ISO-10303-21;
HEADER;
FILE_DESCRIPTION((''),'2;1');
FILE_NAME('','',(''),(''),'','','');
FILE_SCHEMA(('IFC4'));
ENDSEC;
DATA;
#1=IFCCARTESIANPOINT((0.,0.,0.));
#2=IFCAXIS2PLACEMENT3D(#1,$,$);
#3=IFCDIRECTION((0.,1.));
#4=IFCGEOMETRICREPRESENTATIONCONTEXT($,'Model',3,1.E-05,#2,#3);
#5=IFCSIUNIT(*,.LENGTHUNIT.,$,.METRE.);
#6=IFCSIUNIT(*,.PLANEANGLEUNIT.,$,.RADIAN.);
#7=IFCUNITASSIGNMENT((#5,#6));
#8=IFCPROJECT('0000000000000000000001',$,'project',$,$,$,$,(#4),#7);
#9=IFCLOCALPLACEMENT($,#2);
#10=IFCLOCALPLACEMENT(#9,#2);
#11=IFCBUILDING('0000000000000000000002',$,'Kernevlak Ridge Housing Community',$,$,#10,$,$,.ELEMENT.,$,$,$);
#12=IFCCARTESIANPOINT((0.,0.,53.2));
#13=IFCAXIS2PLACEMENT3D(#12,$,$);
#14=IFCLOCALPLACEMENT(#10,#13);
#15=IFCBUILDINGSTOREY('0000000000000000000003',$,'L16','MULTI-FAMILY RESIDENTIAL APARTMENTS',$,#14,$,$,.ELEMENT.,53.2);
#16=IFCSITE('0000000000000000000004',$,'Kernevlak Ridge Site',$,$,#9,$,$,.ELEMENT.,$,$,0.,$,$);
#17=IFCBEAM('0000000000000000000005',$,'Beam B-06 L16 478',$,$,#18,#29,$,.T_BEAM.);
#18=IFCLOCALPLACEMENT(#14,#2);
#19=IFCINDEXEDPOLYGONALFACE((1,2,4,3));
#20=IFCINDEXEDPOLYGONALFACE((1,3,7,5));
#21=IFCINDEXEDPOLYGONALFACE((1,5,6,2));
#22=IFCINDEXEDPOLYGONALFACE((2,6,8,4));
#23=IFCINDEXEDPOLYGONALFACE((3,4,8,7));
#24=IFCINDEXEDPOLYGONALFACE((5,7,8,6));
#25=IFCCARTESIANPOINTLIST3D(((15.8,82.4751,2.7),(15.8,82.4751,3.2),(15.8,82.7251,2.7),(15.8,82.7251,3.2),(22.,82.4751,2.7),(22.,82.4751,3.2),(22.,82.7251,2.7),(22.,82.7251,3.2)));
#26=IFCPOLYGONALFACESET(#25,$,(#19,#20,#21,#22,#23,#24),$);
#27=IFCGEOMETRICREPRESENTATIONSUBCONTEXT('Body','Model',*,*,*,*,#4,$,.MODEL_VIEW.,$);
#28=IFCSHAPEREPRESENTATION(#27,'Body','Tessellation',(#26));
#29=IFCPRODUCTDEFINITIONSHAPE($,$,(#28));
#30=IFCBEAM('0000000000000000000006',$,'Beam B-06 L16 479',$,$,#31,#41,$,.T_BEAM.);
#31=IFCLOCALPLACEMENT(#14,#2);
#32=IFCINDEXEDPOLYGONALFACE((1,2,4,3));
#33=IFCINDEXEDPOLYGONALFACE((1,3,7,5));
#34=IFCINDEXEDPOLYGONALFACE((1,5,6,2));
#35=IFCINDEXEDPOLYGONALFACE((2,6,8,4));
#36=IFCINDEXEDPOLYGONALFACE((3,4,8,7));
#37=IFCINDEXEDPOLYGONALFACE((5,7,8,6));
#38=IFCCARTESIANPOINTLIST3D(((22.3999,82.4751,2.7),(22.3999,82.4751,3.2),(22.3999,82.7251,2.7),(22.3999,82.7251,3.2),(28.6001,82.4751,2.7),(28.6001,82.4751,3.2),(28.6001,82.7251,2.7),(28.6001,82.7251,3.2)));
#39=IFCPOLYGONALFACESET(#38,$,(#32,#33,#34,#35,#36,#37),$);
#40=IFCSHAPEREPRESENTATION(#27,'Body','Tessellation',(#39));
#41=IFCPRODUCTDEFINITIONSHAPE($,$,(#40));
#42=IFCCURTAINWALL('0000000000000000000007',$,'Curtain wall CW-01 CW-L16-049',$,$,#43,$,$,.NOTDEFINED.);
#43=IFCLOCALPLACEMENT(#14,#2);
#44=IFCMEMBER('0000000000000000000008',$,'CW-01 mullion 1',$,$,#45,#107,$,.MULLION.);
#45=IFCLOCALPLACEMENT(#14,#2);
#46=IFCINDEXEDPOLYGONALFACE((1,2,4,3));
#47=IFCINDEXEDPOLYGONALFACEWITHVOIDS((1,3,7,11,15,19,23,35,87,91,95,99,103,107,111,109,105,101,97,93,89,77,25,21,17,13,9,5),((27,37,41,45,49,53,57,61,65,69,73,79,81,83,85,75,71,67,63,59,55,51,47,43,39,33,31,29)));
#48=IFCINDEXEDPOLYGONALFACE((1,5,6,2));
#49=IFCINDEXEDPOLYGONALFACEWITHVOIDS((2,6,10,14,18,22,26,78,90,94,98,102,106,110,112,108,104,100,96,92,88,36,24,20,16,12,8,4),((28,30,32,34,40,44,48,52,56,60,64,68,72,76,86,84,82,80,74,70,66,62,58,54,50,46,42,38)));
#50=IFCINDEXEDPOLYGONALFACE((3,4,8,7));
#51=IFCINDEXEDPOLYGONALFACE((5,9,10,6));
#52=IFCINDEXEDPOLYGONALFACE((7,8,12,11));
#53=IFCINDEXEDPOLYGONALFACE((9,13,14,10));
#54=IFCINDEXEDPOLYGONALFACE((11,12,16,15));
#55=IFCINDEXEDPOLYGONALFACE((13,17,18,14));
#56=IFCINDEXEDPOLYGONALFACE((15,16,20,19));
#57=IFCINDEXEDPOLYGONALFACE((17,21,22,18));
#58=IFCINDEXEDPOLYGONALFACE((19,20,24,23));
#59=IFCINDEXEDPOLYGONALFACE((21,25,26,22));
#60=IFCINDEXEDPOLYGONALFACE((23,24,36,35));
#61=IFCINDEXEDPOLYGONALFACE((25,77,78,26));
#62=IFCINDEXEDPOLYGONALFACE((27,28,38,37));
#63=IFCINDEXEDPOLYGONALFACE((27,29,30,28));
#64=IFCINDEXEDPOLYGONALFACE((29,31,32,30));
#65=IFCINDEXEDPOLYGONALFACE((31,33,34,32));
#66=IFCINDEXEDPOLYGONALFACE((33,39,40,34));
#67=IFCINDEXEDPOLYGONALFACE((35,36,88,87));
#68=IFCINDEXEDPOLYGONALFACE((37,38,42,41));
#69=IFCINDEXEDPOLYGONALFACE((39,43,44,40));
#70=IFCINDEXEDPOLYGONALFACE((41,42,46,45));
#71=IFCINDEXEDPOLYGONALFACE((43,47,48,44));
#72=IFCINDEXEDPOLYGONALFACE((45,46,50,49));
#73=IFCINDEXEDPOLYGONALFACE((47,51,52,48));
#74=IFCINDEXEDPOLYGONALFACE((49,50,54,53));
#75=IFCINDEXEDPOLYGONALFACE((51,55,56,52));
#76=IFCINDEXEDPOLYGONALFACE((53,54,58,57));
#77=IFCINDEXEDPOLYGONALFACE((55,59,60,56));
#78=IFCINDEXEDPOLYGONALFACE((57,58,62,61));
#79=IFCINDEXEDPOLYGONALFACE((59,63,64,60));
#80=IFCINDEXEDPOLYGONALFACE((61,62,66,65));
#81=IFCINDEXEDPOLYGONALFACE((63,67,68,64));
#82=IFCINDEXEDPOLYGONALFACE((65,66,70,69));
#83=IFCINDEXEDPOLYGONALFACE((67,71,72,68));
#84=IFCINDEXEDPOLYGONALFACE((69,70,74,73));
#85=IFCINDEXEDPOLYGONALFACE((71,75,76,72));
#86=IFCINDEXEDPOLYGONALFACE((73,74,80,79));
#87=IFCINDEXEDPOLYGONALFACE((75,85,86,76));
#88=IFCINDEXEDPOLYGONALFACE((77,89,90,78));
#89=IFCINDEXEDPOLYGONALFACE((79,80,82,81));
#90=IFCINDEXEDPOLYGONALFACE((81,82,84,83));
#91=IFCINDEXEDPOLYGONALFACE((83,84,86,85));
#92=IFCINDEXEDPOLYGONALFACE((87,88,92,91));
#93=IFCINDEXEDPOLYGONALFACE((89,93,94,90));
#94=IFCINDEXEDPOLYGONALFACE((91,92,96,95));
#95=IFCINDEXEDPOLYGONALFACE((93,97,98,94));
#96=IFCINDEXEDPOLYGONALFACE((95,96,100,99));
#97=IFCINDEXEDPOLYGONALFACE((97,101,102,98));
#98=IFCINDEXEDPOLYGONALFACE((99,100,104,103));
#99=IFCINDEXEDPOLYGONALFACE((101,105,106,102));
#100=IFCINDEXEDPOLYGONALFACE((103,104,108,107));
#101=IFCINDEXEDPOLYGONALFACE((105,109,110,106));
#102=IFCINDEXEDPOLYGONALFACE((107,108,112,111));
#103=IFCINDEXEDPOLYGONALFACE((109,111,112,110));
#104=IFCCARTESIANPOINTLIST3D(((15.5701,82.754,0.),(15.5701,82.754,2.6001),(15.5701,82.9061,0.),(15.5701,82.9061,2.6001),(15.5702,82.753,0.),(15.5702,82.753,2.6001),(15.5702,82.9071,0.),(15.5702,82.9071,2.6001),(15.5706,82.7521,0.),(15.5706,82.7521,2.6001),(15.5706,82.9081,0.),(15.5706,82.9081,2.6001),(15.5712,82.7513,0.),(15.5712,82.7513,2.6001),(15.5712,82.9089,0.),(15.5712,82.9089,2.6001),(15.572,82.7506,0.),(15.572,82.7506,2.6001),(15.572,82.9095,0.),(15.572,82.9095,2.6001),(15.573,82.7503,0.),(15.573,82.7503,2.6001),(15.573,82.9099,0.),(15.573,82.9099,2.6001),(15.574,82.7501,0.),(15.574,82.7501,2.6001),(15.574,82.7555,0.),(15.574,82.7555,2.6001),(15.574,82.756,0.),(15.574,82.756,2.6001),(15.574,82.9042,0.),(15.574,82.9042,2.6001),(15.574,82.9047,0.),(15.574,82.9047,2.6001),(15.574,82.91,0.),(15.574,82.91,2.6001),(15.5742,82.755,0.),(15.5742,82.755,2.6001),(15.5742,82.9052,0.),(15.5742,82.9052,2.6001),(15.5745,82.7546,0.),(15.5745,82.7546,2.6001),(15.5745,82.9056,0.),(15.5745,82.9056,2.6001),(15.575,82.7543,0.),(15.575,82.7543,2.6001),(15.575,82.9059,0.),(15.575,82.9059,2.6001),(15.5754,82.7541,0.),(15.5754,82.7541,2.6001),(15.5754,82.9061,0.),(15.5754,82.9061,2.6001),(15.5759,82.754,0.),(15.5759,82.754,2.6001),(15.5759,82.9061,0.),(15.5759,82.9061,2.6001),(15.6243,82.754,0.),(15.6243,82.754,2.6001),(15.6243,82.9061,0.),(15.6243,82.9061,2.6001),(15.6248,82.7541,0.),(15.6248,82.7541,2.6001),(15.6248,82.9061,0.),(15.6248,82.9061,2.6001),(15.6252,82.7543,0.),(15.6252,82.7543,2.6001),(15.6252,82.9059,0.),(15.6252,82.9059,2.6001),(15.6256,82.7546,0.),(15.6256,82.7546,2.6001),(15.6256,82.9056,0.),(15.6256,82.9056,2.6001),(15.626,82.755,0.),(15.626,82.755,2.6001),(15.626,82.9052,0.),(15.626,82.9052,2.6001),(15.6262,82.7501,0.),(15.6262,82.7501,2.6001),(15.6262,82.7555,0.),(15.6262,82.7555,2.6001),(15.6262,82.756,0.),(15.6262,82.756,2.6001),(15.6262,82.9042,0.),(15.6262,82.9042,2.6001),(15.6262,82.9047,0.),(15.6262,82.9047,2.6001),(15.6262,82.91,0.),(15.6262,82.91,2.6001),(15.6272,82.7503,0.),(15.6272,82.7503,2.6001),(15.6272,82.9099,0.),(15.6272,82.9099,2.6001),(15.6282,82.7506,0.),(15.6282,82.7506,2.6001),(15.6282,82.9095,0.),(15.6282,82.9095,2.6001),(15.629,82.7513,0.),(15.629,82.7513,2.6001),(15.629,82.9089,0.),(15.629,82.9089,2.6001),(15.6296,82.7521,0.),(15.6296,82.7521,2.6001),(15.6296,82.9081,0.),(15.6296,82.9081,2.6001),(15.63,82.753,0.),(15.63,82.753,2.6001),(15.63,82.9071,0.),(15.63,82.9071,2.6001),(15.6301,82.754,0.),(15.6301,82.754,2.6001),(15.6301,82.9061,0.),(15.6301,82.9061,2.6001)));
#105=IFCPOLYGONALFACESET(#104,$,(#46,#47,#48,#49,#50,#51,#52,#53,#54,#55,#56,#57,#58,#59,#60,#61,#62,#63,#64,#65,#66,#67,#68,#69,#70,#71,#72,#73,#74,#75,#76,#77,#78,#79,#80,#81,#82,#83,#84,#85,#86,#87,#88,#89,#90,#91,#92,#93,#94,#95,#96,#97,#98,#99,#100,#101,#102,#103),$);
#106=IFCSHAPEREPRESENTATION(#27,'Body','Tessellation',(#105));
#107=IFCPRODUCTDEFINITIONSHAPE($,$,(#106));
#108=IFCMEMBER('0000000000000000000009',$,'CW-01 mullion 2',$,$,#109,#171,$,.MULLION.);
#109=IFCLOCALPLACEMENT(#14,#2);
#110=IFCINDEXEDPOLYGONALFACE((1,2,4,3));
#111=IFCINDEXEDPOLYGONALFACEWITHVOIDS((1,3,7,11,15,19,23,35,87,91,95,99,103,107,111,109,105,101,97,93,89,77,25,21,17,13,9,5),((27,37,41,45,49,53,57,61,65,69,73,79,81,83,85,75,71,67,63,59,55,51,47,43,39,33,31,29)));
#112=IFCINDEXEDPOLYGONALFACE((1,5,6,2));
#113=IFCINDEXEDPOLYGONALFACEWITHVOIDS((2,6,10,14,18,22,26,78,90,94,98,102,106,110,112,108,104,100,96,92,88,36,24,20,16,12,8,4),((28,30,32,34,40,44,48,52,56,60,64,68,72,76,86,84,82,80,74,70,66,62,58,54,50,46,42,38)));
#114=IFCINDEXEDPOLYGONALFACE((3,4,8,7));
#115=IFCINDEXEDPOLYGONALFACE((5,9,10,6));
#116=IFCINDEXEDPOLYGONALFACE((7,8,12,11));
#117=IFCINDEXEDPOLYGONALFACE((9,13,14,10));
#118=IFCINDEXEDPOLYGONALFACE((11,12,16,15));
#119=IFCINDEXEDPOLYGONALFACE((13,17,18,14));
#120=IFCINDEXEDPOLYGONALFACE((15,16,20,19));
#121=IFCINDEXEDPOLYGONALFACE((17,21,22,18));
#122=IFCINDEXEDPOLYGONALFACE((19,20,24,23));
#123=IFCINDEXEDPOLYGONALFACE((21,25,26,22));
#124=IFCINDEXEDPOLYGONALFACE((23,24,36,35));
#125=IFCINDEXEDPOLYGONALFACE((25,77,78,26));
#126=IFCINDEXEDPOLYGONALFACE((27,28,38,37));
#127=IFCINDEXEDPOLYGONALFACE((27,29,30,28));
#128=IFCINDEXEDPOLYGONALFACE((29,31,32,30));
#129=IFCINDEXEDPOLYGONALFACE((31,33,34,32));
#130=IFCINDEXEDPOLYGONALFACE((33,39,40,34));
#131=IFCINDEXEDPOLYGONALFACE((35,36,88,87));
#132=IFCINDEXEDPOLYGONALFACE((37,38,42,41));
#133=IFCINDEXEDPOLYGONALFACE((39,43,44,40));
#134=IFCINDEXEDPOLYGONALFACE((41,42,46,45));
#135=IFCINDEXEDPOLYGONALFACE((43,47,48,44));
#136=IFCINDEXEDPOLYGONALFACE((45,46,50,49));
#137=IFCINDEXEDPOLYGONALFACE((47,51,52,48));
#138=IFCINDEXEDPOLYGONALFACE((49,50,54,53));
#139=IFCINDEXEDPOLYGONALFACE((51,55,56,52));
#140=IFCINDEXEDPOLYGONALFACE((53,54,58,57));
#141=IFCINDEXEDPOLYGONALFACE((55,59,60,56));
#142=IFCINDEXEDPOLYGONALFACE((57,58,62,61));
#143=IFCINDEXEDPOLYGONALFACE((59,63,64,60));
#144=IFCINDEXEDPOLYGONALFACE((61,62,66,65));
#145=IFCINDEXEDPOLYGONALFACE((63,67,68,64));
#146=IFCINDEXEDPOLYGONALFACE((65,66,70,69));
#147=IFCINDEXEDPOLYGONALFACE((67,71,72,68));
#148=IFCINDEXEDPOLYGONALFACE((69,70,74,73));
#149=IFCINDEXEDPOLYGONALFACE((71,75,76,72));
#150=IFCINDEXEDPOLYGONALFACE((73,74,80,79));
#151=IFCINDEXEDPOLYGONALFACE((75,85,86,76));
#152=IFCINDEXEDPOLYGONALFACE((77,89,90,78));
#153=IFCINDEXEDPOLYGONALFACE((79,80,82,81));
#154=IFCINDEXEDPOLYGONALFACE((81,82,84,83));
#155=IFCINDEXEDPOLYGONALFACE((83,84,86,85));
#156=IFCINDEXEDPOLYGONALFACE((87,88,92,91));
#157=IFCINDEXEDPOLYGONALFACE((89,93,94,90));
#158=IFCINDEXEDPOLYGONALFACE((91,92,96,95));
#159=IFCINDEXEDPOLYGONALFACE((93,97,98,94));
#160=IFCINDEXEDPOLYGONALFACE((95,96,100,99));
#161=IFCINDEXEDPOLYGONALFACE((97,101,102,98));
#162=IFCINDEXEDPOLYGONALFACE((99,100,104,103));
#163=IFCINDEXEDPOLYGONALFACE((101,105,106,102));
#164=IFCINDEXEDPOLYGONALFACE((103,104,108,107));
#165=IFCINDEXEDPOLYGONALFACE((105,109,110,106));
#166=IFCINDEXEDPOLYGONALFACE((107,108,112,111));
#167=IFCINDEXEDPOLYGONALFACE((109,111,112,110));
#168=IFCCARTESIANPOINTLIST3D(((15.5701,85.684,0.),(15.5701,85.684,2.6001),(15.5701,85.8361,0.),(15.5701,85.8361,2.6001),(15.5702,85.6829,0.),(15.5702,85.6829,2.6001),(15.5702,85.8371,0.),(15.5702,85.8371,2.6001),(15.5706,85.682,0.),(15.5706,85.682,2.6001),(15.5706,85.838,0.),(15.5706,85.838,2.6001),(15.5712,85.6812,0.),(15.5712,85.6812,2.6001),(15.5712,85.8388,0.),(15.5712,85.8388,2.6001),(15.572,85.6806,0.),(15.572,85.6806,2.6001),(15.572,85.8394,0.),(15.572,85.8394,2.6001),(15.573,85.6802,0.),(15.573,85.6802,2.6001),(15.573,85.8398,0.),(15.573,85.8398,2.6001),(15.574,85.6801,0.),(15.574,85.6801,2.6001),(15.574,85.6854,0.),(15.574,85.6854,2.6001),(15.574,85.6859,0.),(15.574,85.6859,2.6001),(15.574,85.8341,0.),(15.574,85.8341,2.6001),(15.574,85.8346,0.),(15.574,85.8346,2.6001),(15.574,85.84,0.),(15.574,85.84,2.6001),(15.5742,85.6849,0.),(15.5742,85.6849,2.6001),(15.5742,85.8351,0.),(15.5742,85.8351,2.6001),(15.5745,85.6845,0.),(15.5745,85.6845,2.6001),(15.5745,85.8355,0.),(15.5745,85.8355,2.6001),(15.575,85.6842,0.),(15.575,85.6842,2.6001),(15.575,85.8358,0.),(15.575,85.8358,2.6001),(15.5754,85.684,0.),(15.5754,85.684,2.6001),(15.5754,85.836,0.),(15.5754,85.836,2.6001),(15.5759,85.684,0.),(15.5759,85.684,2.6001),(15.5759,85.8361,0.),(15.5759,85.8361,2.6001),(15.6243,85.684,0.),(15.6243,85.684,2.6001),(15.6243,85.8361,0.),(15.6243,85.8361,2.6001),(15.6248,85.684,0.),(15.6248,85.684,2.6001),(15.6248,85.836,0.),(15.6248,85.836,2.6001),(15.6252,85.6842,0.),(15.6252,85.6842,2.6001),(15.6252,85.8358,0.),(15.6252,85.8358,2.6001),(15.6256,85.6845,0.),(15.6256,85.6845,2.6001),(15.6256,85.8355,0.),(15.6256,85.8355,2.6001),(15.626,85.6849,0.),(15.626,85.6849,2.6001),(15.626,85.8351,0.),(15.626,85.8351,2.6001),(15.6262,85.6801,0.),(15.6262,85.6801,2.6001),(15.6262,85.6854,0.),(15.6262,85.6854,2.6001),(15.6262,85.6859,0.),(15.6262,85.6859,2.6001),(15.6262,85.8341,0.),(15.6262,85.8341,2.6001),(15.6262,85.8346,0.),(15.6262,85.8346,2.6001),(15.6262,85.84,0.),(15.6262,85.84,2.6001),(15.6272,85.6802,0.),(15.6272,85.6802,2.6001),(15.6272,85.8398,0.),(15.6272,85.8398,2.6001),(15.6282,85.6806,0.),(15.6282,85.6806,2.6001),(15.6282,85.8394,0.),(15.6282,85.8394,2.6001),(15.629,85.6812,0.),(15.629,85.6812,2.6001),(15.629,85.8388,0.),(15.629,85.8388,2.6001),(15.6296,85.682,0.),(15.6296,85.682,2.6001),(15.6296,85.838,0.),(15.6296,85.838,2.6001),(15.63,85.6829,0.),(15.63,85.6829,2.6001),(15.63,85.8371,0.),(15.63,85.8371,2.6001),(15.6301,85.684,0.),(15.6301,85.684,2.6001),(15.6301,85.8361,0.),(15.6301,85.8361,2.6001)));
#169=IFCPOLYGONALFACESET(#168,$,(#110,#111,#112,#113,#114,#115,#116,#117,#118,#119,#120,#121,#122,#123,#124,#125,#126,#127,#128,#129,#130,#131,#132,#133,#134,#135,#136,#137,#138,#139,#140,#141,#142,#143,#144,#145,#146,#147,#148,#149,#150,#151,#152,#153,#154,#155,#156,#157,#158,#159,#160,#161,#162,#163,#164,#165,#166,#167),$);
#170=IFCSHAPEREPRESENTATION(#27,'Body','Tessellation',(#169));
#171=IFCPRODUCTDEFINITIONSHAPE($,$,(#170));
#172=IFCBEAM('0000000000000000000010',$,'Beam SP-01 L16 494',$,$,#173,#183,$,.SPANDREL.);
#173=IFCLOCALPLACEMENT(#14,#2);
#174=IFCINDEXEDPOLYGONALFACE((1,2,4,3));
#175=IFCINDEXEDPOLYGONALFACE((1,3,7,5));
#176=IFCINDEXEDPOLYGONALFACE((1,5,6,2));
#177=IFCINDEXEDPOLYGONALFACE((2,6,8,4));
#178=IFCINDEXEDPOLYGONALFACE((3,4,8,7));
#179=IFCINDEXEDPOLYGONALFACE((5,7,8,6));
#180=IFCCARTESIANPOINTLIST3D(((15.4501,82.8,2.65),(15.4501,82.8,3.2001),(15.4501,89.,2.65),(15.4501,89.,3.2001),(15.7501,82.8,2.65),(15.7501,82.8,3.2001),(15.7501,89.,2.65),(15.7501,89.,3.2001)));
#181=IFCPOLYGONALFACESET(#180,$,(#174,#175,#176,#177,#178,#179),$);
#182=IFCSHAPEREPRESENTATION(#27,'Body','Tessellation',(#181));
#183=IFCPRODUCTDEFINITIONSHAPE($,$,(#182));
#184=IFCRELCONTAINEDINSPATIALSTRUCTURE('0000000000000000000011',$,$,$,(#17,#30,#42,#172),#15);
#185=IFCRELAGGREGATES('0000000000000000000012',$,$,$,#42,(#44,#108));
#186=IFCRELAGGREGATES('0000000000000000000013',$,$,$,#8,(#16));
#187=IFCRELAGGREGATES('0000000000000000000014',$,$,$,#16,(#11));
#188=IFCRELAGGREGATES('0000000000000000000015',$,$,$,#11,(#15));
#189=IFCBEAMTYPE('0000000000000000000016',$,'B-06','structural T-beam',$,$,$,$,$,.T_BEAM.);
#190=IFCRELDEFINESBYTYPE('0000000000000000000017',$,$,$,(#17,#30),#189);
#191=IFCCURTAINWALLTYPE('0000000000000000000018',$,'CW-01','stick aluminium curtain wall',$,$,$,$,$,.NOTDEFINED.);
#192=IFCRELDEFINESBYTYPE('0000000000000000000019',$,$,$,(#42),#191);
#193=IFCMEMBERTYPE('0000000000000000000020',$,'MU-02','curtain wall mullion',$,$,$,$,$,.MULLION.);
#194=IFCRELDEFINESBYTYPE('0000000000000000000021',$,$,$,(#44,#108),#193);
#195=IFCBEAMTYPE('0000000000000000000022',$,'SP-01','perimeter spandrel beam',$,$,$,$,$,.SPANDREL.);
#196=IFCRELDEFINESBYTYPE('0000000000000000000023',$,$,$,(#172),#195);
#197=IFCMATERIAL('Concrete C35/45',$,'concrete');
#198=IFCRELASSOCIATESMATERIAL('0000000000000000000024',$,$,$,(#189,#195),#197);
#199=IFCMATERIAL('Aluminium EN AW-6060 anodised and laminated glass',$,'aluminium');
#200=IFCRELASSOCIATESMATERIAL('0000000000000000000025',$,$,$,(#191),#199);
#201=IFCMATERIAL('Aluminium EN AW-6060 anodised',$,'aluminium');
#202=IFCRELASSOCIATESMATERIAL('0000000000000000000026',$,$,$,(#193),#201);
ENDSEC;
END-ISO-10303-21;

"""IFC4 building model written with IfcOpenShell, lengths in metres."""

from ifc_helpers import new_model, si_unit, direction, frame, origin, origin_2d, place, context, subcontext, project, spatial, rectangle, hollow_rectangle, extrude, material, material_profile, profile_set, type_object, element, aggregate, save


model = new_model("IFC4")

# Units and contexts
model_context = context("Model", 3, precision=1e-05, world=origin(), true_north=direction((0.0, 1.0)))
body_context = subcontext(model_context, "Body", "Model", "MODEL_VIEW")
ifc_project = project(units=[si_unit("LENGTHUNIT", "METRE"), si_unit("PLANEANGLEUNIT", "RADIAN")], contexts=[model_context])

# Site, building, storey
site_placement = place(None, origin())
site = spatial("IfcSite", under=ifc_project, at=site_placement, Name="Kernevlak Ridge Site", CompositionType="ELEMENT", RefElevation=0.0)
building_placement = place(site_placement, origin())
building = spatial("IfcBuilding", under=site, at=building_placement, Name="Kernevlak Ridge Housing Community", CompositionType="ELEMENT")
storey_placement = place(building_placement, frame((0.0, 0.0, 53.2)))
storey = spatial("IfcBuildingStorey", under=building, at=storey_placement, Name="L16", Description="MULTI-FAMILY RESIDENTIAL APARTMENTS", CompositionType="ELEMENT", Elevation=53.2)

# Beams
ifc_material_1 = material(Name="Concrete C35/45", Category="concrete")
ifc_material_profile_1 = material_profile(ifc_material_1, rectangle(XDim=0.25, YDim=0.5, at=origin_2d()), Name="RC 250x500")
ifc_profile_set_1 = profile_set([ifc_material_profile_1], Name="Concrete C35/45")
beam_type_1 = type_object("IfcBeamType", Name="B-06", Description="structural T-beam", PredefinedType="T_BEAM", material=ifc_profile_set_1)
beam_1_placement = place(storey_placement, frame((15.8, 82.6001, 2.95), z_axis=(1.0, 0.0, 0.0), x_axis=(0.0, 1.0, 0.0)))
element("IfcBeam", 1, at=beam_1_placement, inside=storey, type_object=beam_type_1, Name="Beam B-06 L16 478", PredefinedType="T_BEAM", context=body_context, shape_type="SweptSolid", body=[
    extrude(rectangle(XDim=0.25, YDim=0.5, at=origin_2d()), origin(), (0.0, 0.0, 1.0), 6.2),
])
beam_2_placement = place(storey_placement, frame((22.3999, 82.6001, 2.95), z_axis=(1.0, 0.0, 0.0), x_axis=(0.0, 1.0, 0.0)))
element("IfcBeam", 2, at=beam_2_placement, inside=storey, type_object=beam_type_1, Name="Beam B-06 L16 479", PredefinedType="T_BEAM", context=body_context, shape_type="SweptSolid", body=[
    extrude(rectangle(XDim=0.25, YDim=0.5, at=origin_2d()), origin(), (0.0, 0.0, 1.0), 6.2002),
])

# Curtain wall, members
ifc_material_2 = material(Name="Aluminium EN AW-6060 anodised and laminated glass", Category="aluminium")
curtain_wall_type = type_object("IfcCurtainWallType", Name="CW-01", Description="stick aluminium curtain wall", PredefinedType="NOTDEFINED", material=ifc_material_2)
curtain_wall_placement = place(storey_placement, origin())
curtain_wall = element("IfcCurtainWall", 3, at=curtain_wall_placement, inside=storey, type_object=curtain_wall_type, Name="Curtain wall CW-01 CW-L16-049", PredefinedType="NOTDEFINED")
ifc_material_3 = material(Name="Aluminium EN AW-6060 anodised", Category="aluminium")
ifc_material_profile_2 = material_profile(ifc_material_3, hollow_rectangle(XDim=0.0601, YDim=0.1599, WallThickness=0.0039, InnerFilletRadius=0.002, OuterFilletRadius=0.0039, at=origin_2d()), Name="ALU 60x160x4")
ifc_profile_set_2 = profile_set([ifc_material_profile_2], Name="Aluminium EN AW-6060 anodised")
member_type_1 = type_object("IfcMemberType", Name="MU-02", Description="curtain wall mullion", PredefinedType="MULLION", material=ifc_profile_set_2)
member_1_placement = place(storey_placement, frame((15.6001, 82.8301, 0.0), z_axis=(0.0, 0.0, 1.0), x_axis=(-1.0, 0.0, 0.0)))
member_1 = element("IfcMember", 4, at=member_1_placement, type_object=member_type_1, Name="CW-01 mullion 1", PredefinedType="MULLION", context=body_context, shape_type="SweptSolid", body=[
    extrude(hollow_rectangle(XDim=0.0601, YDim=0.1599, WallThickness=0.0039, InnerFilletRadius=0.002, OuterFilletRadius=0.0039, at=origin_2d()), origin(), (0.0, 0.0, 1.0), 2.6001),
])
member_2_placement = place(storey_placement, frame((15.6001, 85.76, 0.0), z_axis=(0.0, 0.0, 1.0), x_axis=(-1.0, 0.0, 0.0)))
member_2 = element("IfcMember", 5, at=member_2_placement, type_object=member_type_1, Name="CW-01 mullion 2", PredefinedType="MULLION", context=body_context, shape_type="SweptSolid", body=[
    extrude(hollow_rectangle(XDim=0.0601, YDim=0.1599, WallThickness=0.0039, InnerFilletRadius=0.002, OuterFilletRadius=0.0039, at=origin_2d()), origin(), (0.0, 0.0, 1.0), 2.6001),
])

# Beam
ifc_material_profile_3 = material_profile(ifc_material_1, rectangle(XDim=0.3, YDim=0.55, at=origin_2d()), Name="RC 300x550")
ifc_profile_set_3 = profile_set([ifc_material_profile_3], Name="Concrete C35/45")
beam_type_2 = type_object("IfcBeamType", Name="SP-01", Description="perimeter spandrel beam", PredefinedType="SPANDREL", material=ifc_profile_set_3)
beam_3_placement = place(storey_placement, frame((15.6001, 82.8, 2.925), z_axis=(0.0, 1.0, 0.0), x_axis=(-1.0, 0.0, 0.0)))
element("IfcBeam", 6, at=beam_3_placement, inside=storey, type_object=beam_type_2, Name="Beam SP-01 L16 494", PredefinedType="SPANDREL", context=body_context, shape_type="SweptSolid", body=[
    extrude(rectangle(XDim=0.3, YDim=0.55, at=origin_2d()), origin(), (0.0, 0.0, 1.0), 6.2),
])

aggregate(curtain_wall, [member_1, member_2])

save(model, "model.ifc")
